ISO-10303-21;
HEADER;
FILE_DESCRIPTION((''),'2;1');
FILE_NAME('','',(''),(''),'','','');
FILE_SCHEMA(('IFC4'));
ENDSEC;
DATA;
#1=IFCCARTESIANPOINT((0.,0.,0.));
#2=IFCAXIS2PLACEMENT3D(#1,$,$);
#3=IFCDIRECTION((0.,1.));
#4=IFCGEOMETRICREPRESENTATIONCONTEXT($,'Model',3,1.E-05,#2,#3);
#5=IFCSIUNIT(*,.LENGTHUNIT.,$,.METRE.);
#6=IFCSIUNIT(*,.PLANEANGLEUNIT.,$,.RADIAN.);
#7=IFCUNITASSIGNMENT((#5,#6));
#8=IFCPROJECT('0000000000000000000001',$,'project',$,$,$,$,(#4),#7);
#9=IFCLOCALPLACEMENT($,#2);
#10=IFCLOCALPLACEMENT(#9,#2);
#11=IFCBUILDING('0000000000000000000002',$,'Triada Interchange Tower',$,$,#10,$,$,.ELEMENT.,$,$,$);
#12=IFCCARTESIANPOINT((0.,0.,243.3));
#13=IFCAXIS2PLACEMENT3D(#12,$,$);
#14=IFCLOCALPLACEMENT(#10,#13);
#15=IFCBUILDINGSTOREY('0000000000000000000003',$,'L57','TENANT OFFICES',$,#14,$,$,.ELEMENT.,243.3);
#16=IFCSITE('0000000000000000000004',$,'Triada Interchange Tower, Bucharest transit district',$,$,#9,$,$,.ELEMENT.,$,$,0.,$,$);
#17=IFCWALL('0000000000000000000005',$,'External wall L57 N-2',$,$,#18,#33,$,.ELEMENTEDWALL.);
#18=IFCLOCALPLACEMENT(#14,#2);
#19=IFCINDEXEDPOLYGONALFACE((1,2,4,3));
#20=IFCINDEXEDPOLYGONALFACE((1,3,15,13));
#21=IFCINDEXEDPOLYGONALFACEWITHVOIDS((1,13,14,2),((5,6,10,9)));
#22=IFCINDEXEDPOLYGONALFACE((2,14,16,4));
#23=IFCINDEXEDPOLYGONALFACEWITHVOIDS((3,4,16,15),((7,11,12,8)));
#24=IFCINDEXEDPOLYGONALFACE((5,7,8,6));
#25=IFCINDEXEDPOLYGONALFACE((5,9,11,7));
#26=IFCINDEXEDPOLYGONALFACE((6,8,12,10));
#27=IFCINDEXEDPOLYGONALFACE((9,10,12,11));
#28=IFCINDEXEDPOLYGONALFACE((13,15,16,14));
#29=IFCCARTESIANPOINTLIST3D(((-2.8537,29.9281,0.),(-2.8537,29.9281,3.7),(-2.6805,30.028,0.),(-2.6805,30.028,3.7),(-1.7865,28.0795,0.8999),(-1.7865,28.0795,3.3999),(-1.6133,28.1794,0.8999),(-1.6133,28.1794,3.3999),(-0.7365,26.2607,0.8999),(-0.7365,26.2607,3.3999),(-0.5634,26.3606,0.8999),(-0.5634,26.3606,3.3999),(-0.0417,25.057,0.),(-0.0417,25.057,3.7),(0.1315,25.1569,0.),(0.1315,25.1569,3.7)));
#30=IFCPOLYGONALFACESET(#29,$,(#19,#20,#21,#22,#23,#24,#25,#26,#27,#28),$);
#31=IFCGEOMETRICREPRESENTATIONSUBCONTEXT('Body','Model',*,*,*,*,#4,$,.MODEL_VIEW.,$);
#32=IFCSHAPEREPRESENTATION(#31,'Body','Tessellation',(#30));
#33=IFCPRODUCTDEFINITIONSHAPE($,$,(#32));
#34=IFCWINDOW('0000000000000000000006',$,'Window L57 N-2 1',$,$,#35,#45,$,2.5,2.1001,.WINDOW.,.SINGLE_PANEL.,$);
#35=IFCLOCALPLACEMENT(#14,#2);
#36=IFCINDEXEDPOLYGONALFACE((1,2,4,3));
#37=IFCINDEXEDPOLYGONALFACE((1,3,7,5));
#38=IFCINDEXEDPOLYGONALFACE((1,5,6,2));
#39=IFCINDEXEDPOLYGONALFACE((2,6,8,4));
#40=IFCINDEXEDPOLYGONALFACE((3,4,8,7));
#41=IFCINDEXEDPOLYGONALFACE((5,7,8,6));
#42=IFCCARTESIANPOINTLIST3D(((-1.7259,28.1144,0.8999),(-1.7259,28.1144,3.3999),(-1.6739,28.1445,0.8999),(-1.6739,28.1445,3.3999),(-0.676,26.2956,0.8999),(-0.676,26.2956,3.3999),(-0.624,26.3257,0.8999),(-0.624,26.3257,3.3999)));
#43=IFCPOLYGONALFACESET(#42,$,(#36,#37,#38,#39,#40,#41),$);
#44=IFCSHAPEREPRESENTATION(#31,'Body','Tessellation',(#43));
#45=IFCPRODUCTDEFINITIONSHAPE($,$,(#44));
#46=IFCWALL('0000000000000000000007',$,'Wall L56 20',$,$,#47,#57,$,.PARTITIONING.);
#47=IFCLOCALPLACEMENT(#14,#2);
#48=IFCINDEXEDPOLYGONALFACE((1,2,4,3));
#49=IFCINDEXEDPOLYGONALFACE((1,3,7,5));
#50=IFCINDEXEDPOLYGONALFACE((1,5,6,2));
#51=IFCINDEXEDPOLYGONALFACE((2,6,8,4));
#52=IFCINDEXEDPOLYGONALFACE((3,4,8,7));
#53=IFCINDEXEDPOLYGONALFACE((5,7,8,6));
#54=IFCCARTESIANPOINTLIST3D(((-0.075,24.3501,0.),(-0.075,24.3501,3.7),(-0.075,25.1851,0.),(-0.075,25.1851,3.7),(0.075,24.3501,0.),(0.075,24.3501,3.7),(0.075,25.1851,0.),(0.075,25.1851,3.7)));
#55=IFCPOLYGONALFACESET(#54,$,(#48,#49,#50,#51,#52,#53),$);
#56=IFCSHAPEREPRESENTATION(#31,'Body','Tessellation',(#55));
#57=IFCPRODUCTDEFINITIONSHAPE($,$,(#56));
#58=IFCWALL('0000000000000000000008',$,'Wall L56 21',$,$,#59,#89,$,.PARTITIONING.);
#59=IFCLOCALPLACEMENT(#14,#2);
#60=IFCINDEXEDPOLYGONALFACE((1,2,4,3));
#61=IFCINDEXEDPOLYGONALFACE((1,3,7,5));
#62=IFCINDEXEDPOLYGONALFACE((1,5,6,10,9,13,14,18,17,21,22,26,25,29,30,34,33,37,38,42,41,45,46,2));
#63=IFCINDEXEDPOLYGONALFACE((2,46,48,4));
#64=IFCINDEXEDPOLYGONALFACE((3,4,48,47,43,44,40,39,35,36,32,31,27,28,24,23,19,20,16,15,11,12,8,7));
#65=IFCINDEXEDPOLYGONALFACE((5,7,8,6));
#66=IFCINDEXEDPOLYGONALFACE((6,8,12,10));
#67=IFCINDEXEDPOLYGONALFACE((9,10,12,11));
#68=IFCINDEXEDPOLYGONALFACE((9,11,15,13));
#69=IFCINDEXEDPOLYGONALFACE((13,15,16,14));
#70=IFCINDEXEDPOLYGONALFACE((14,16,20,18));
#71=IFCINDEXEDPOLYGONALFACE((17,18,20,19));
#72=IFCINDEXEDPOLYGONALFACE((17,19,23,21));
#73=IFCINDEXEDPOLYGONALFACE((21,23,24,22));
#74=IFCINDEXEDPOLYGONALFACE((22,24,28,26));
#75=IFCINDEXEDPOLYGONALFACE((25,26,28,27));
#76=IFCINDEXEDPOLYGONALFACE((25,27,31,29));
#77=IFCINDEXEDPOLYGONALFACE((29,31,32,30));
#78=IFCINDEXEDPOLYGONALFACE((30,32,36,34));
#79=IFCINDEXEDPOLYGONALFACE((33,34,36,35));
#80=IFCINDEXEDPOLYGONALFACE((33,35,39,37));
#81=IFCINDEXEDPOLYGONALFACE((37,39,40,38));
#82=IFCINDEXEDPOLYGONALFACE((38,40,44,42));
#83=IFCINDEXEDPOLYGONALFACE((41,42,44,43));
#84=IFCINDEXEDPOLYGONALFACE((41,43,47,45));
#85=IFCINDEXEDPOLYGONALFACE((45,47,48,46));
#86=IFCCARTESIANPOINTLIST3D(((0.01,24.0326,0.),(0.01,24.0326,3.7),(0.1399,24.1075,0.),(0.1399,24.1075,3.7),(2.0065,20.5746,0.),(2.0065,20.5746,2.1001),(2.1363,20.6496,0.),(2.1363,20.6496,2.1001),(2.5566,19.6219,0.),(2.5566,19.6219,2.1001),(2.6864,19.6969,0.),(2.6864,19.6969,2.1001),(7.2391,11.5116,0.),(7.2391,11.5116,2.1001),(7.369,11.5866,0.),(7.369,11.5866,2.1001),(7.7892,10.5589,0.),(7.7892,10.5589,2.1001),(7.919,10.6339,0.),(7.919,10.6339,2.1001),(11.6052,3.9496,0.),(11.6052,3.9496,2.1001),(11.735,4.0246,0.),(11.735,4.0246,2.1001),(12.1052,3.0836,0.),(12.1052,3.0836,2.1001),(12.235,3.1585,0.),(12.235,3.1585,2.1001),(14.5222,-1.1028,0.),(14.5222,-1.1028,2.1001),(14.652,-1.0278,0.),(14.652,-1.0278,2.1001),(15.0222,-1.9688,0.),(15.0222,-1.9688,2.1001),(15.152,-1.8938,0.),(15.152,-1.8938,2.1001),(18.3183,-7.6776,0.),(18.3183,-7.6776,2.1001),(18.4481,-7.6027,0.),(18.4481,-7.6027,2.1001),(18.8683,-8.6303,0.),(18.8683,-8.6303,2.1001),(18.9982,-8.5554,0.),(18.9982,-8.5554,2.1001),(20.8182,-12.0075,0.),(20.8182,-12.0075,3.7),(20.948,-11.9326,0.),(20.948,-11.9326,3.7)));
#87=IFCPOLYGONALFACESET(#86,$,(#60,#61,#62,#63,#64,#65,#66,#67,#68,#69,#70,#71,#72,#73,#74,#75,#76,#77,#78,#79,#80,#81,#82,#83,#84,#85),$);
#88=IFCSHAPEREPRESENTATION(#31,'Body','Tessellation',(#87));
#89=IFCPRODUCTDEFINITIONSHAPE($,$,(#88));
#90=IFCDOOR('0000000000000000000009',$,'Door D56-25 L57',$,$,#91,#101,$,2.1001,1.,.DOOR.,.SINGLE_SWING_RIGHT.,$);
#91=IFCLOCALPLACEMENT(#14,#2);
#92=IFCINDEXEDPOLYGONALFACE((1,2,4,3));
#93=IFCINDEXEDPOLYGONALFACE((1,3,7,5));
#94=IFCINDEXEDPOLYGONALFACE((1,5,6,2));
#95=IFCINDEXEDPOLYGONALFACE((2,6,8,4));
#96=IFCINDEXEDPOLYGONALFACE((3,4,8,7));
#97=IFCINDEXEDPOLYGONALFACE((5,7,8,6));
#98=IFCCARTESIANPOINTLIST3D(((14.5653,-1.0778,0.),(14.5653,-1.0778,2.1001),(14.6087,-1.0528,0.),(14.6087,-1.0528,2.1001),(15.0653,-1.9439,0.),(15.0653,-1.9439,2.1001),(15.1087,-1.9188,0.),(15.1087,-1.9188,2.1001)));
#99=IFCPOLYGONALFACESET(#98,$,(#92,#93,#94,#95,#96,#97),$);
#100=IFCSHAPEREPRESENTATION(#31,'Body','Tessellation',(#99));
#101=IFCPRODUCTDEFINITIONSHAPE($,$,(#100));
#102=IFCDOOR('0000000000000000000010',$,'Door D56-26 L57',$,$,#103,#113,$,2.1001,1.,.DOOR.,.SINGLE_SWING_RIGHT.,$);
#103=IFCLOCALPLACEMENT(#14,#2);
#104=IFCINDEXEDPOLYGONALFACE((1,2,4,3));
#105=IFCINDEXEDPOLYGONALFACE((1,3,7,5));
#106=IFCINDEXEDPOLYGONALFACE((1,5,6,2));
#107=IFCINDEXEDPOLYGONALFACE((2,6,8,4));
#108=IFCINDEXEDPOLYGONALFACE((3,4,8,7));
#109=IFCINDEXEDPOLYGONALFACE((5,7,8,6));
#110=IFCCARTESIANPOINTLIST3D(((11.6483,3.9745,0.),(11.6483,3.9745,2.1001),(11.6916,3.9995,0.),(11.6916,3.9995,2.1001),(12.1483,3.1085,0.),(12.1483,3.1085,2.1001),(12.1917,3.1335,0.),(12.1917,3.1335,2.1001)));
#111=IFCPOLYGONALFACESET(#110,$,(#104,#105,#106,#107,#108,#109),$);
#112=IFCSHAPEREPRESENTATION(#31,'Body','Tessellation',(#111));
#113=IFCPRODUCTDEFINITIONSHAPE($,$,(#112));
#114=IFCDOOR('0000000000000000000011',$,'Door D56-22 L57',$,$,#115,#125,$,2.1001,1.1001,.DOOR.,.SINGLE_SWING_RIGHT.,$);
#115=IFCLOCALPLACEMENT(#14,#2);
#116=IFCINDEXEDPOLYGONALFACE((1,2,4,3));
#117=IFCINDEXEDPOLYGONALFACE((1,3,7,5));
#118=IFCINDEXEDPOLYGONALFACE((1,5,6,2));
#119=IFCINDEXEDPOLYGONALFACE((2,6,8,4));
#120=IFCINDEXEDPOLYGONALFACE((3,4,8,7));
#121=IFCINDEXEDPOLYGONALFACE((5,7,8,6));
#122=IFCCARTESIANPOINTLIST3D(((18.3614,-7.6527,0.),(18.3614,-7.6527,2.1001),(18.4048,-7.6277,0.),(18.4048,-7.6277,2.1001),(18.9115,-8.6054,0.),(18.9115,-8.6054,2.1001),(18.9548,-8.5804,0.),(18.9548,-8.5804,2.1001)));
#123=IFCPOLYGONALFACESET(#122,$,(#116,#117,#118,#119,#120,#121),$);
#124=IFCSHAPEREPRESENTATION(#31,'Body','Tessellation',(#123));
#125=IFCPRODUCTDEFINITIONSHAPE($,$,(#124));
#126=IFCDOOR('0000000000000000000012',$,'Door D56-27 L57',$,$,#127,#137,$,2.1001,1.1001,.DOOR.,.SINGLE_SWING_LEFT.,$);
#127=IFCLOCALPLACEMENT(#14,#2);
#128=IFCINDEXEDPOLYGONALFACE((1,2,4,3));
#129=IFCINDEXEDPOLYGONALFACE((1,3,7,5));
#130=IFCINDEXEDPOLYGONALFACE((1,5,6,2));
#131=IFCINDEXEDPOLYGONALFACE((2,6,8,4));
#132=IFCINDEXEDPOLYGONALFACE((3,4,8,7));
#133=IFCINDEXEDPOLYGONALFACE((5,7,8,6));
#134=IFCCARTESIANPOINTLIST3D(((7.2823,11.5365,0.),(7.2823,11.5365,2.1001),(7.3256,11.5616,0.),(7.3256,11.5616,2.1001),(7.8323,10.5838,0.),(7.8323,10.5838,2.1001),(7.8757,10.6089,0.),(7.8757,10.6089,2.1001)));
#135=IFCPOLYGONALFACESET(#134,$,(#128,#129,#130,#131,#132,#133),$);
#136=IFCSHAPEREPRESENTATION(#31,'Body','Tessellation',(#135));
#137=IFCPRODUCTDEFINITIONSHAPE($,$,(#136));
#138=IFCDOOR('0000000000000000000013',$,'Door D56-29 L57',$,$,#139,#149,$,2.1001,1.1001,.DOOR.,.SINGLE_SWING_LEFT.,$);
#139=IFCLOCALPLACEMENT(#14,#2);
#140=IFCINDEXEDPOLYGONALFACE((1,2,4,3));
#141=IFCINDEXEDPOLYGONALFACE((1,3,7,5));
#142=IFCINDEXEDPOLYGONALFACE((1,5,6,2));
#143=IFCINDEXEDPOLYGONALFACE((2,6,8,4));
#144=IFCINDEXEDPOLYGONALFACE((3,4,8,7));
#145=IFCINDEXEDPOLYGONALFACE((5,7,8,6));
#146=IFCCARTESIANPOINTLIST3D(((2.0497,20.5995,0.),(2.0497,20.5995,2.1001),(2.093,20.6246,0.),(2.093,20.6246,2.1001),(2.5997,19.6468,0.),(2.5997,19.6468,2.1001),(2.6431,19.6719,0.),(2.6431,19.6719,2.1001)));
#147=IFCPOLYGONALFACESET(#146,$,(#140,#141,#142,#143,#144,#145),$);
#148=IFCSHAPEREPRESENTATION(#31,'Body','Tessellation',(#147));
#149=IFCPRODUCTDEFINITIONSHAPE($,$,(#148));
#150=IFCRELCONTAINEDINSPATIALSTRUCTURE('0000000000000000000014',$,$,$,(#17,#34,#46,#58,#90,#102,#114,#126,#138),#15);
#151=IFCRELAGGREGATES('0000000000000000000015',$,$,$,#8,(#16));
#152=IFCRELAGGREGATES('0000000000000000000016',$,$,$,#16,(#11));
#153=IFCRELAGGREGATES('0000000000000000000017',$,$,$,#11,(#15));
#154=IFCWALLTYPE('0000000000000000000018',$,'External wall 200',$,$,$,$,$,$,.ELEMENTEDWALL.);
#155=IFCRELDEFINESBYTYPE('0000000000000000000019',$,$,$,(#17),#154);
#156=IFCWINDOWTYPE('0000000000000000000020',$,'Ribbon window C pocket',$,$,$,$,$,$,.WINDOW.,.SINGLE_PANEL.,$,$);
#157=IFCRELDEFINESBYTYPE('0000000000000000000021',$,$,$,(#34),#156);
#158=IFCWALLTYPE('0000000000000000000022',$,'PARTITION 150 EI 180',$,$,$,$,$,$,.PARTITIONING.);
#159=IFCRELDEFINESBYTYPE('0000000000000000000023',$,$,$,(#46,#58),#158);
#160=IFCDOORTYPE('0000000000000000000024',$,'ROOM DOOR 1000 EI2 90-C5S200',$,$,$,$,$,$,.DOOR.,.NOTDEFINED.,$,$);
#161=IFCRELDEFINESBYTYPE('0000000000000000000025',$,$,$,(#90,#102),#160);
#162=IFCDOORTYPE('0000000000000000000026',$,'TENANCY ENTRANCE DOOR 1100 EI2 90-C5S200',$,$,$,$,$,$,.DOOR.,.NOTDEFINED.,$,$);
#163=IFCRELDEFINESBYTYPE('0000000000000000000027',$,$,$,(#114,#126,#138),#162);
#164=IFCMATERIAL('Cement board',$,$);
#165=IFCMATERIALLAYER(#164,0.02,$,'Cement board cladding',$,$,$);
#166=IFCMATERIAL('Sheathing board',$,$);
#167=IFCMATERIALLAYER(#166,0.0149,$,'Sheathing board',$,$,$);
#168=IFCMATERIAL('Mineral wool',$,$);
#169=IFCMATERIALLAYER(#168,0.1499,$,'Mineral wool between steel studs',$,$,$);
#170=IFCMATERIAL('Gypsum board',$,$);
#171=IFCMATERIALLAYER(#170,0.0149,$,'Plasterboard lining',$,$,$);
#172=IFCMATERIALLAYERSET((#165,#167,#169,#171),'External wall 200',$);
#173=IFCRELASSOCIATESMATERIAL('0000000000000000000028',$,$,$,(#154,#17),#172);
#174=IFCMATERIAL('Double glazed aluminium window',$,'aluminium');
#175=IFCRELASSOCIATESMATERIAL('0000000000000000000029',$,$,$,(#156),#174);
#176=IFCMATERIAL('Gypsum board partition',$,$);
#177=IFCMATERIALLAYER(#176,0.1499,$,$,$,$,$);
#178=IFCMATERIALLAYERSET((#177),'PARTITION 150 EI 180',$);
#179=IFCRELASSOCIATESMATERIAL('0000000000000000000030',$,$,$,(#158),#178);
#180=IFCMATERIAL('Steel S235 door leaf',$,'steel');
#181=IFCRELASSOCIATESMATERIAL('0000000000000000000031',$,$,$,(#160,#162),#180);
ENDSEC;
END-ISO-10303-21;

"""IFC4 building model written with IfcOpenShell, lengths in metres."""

from ifc_helpers import new_model, si_unit, direction, frame, frame_2d, origin, place, context, subcontext, project, spatial, rectangle, extrude, material, layer, layer_set, layer_usage, type_object, element, fill, save


model = new_model("IFC4")

# Units and contexts
model_context = context("Model", 3, precision=1e-05, world=origin(), true_north=direction((0.0, 1.0)))
body_context = subcontext(model_context, "Body", "Model", "MODEL_VIEW")
ifc_project = project(units=[si_unit("LENGTHUNIT", "METRE"), si_unit("PLANEANGLEUNIT", "RADIAN")], contexts=[model_context])

# Site, building, storey
site_placement = place(None, origin())
site = spatial("IfcSite", under=ifc_project, at=site_placement, Name="Triada Interchange Tower, Bucharest transit district", CompositionType="ELEMENT", RefElevation=0.0)
building_placement = place(site_placement, origin())
building = spatial("IfcBuilding", under=site, at=building_placement, Name="Triada Interchange Tower", CompositionType="ELEMENT")
storey_placement = place(building_placement, frame((0.0, 0.0, 243.3)))
storey = spatial("IfcBuildingStorey", under=building, at=storey_placement, Name="L57", Description="TENANT OFFICES", CompositionType="ELEMENT", Elevation=243.3)

# Wall, opening, window
ifc_material_1 = material(Name="Cement board")
ifc_layer_1 = layer(ifc_material_1, 0.02, Name="Cement board cladding")
ifc_material_2 = material(Name="Sheathing board")
ifc_layer_2 = layer(ifc_material_2, 0.0149, Name="Sheathing board")
ifc_material_3 = material(Name="Mineral wool")
ifc_layer_3 = layer(ifc_material_3, 0.1499, Name="Mineral wool between steel studs")
ifc_material_4 = material(Name="Gypsum board")
ifc_layer_4 = layer(ifc_material_4, 0.0149, Name="Plasterboard lining")
ifc_layer_set_1 = layer_set([ifc_layer_1, ifc_layer_2, ifc_layer_3, ifc_layer_4], Name="External wall 200")
ifc_layer_usage = layer_usage(ifc_layer_set_1, "AXIS2", "POSITIVE", -0.1001)
wall_type_1 = type_object("IfcWallType", Name="External wall 200", PredefinedType="ELEMENTEDWALL", material=ifc_layer_set_1)
ifc_material_5 = material(Name="Double glazed aluminium window", Category="aluminium")
window_type = type_object("IfcWindowType", Name="Ribbon window C pocket", PartitioningType="SINGLE_PANEL", PredefinedType="WINDOW", material=ifc_material_5)
wall_1_placement = place(storey_placement, frame((0.0449, 25.1069, 0.0), z_axis=(0.0, 0.0, 1.0), x_axis=(-0.499958, 0.86605, 0.0)))
wall_1 = element("IfcWall", 1, at=wall_1_placement, inside=storey, type_object=wall_type_1, material=ifc_layer_usage, Name="External wall L57 N-2", PredefinedType="ELEMENTEDWALL", context=body_context, shape_type="SweptSolid", body=[
    extrude(rectangle(XDim=5.6245, YDim=0.2, at=frame_2d((2.8123, 0.0))), origin(), (0.0, 0.0, 1.0), 3.7),
])
opening_1_placement = place(wall_1_placement, frame((1.3899, 0.0, 0.8999)))
opening_1 = element("IfcOpeningElement", 2, at=opening_1_placement, cuts=wall_1, PredefinedType="OPENING", context=body_context, shape_type="SweptSolid", body=[
    extrude(rectangle(XDim=2.1001, YDim=2.5, at=frame_2d((1.05, 1.25))), frame((0.0, 0.1099, 0.0), z_axis=(0.0, -1.0, 0.0), x_axis=(1.0, 0.0, 0.0)), (0.0, 0.0, 1.0), 0.22),
])
window_1_placement = place(opening_1_placement, origin())
window_1 = element("IfcWindow", 3, at=window_1_placement, inside=storey, type_object=window_type, Name="Window L57 N-2 1", OverallHeight=2.5, OverallWidth=2.1001, PartitioningType="SINGLE_PANEL", PredefinedType="WINDOW", context=body_context, shape_type="SweptSolid", body=[
    extrude(rectangle(XDim=2.1001, YDim=2.5, at=frame_2d((1.05, 1.25))), frame((0.0, 0.03, 0.0), z_axis=(0.0, -1.0, 0.0), x_axis=(1.0, 0.0, 0.0)), (0.0, 0.0, 1.0), 0.0601),
])
fill(opening_1, window_1)

# Wall
ifc_material_6 = material(Name="Gypsum board partition")
ifc_layer_5 = layer(ifc_material_6, 0.1499)
ifc_layer_set_2 = layer_set([ifc_layer_5], Name="PARTITION 150 EI 180")
wall_type_2 = type_object("IfcWallType", Name="PARTITION 150 EI 180", PredefinedType="PARTITIONING", material=ifc_layer_set_2)
wall_2_placement = place(storey_placement, frame((0.0, 24.3501, 0.0), z_axis=(0.0, 0.0, 1.0), x_axis=(0.0, 1.0, 0.0)))
element("IfcWall", 4, at=wall_2_placement, inside=storey, type_object=wall_type_2, Name="Wall L56 20", PredefinedType="PARTITIONING", context=body_context, shape_type="SweptSolid", body=[
    extrude(rectangle(XDim=0.835, YDim=0.1499, at=frame_2d((0.4175, 0.0))), origin(), (0.0, 0.0, 1.0), 3.7),
])

# Wall, openings, doors
wall_3_placement = place(storey_placement, frame((0.075, 24.0701, 0.0), z_axis=(0.0, 0.0, 1.0), x_axis=(0.500007, -0.866021, 0.0)))
wall_3 = element("IfcWall", 5, at=wall_3_placement, inside=storey, type_object=wall_type_2, Name="Wall L56 21", PredefinedType="PARTITIONING", context=body_context, shape_type="SweptSolid", body=[
    extrude(rectangle(XDim=41.6157, YDim=0.1499, at=frame_2d((20.8079, 0.0))), origin(), (0.0, 0.0, 1.0), 3.7),
])
opening_2_placement = place(wall_3_placement, frame((36.616, 0.0, 0.0)))
opening_2 = element("IfcOpeningElement", 6, at=opening_2_placement, cuts=wall_3, PredefinedType="OPENING", context=body_context, shape_type="SweptSolid", body=[
    extrude(rectangle(XDim=1.1001, YDim=2.1001, at=frame_2d((0.55, 1.05))), frame((0.0, 0.085, 0.0), z_axis=(0.0, -1.0, 0.0), x_axis=(1.0, 0.0, 0.0)), (0.0, 0.0, 1.0), 0.1699),
])
opening_3_placement = place(wall_3_placement, frame((29.0239, 0.0, 0.0)))
opening_3 = element("IfcOpeningElement", 7, at=opening_3_placement, cuts=wall_3, PredefinedType="OPENING", context=body_context, shape_type="SweptSolid", body=[
    extrude(rectangle(XDim=1.0, YDim=2.1001, at=frame_2d((0.5, 1.05))), frame((0.0, 0.085, 0.0), z_axis=(0.0, -1.0, 0.0), x_axis=(1.0, 0.0, 0.0)), (0.0, 0.0, 1.0), 0.1699),
])
opening_4_placement = place(wall_3_placement, frame((23.1899, 0.0, 0.0)))
opening_4 = element("IfcOpeningElement", 8, at=opening_4_placement, cuts=wall_3, PredefinedType="OPENING", context=body_context, shape_type="SweptSolid", body=[
    extrude(rectangle(XDim=1.0, YDim=2.1001, at=frame_2d((0.5, 1.05))), frame((0.0, 0.085, 0.0), z_axis=(0.0, -1.0, 0.0), x_axis=(1.0, 0.0, 0.0)), (0.0, 0.0, 1.0), 0.1699),
])
opening_5_placement = place(wall_3_placement, frame((14.458, 0.0, 0.0)))
opening_5 = element("IfcOpeningElement", 9, at=opening_5_placement, cuts=wall_3, PredefinedType="OPENING", context=body_context, shape_type="SweptSolid", body=[
    extrude(rectangle(XDim=1.1001, YDim=2.1001, at=frame_2d((0.55, 1.05))), frame((0.0, 0.085, 0.0), z_axis=(0.0, -1.0, 0.0), x_axis=(1.0, 0.0, 0.0)), (0.0, 0.0, 1.0), 0.1699),
])
opening_6_placement = place(wall_3_placement, frame((3.9929, 0.0, 0.0)))
opening_6 = element("IfcOpeningElement", 10, at=opening_6_placement, cuts=wall_3, PredefinedType="OPENING", context=body_context, shape_type="SweptSolid", body=[
    extrude(rectangle(XDim=1.1001, YDim=2.1001, at=frame_2d((0.55, 1.05))), frame((0.0, 0.085, 0.0), z_axis=(0.0, -1.0, 0.0), x_axis=(1.0, 0.0, 0.0)), (0.0, 0.0, 1.0), 0.1699),
])
ifc_material_7 = material(Name="Steel S235 door leaf", Category="steel")
door_type_1 = type_object("IfcDoorType", Name="ROOM DOOR 1000 EI2 90-C5S200", OperationType="NOTDEFINED", PredefinedType="DOOR", material=ifc_material_7)
door_1_placement = place(opening_3_placement, origin())
door_1 = element("IfcDoor", 11, at=door_1_placement, inside=storey, type_object=door_type_1, Name="Door D56-25 L57", OperationType="SINGLE_SWING_RIGHT", OverallHeight=2.1001, OverallWidth=1.0, PredefinedType="DOOR", context=body_context, shape_type="SweptSolid", body=[
    extrude(rectangle(XDim=1.0, YDim=2.1001, at=frame_2d((0.5, 1.05))), frame((0.0, 0.0249, 0.0), z_axis=(0.0, -1.0, 0.0), x_axis=(1.0, 0.0, 0.0)), (0.0, 0.0, 1.0), 0.05),
])
fill(opening_3, door_1)
door_2_placement = place(opening_4_placement, origin())
door_2 = element("IfcDoor", 12, at=door_2_placement, inside=storey, type_object=door_type_1, Name="Door D56-26 L57", OperationType="SINGLE_SWING_RIGHT", OverallHeight=2.1001, OverallWidth=1.0, PredefinedType="DOOR", context=body_context, shape_type="SweptSolid", body=[
    extrude(rectangle(XDim=1.0, YDim=2.1001, at=frame_2d((0.5, 1.05))), frame((0.0, 0.0249, 0.0), z_axis=(0.0, -1.0, 0.0), x_axis=(1.0, 0.0, 0.0)), (0.0, 0.0, 1.0), 0.05),
])
fill(opening_4, door_2)
door_type_2 = type_object("IfcDoorType", Name="TENANCY ENTRANCE DOOR 1100 EI2 90-C5S200", OperationType="NOTDEFINED", PredefinedType="DOOR", material=ifc_material_7)
door_3_placement = place(opening_2_placement, origin())
door_3 = element("IfcDoor", 13, at=door_3_placement, inside=storey, type_object=door_type_2, Name="Door D56-22 L57", OperationType="SINGLE_SWING_RIGHT", OverallHeight=2.1001, OverallWidth=1.1001, PredefinedType="DOOR", context=body_context, shape_type="SweptSolid", body=[
    extrude(rectangle(XDim=1.1001, YDim=2.1001, at=frame_2d((0.55, 1.05))), frame((0.0, 0.0249, 0.0), z_axis=(0.0, -1.0, 0.0), x_axis=(1.0, 0.0, 0.0)), (0.0, 0.0, 1.0), 0.05),
])
fill(opening_2, door_3)
door_4_placement = place(opening_5_placement, origin())
door_4 = element("IfcDoor", 14, at=door_4_placement, inside=storey, type_object=door_type_2, Name="Door D56-27 L57", OperationType="SINGLE_SWING_LEFT", OverallHeight=2.1001, OverallWidth=1.1001, PredefinedType="DOOR", context=body_context, shape_type="SweptSolid", body=[
    extrude(rectangle(XDim=1.1001, YDim=2.1001, at=frame_2d((0.55, 1.05))), frame((0.0, 0.0249, 0.0), z_axis=(0.0, -1.0, 0.0), x_axis=(1.0, 0.0, 0.0)), (0.0, 0.0, 1.0), 0.05),
])
fill(opening_5, door_4)
door_5_placement = place(opening_6_placement, origin())
door_5 = element("IfcDoor", 15, at=door_5_placement, inside=storey, type_object=door_type_2, Name="Door D56-29 L57", OperationType="SINGLE_SWING_LEFT", OverallHeight=2.1001, OverallWidth=1.1001, PredefinedType="DOOR", context=body_context, shape_type="SweptSolid", body=[
    extrude(rectangle(XDim=1.1001, YDim=2.1001, at=frame_2d((0.55, 1.05))), frame((0.0, 0.0249, 0.0), z_axis=(0.0, -1.0, 0.0), x_axis=(1.0, 0.0, 0.0)), (0.0, 0.0, 1.0), 0.05),
])
fill(opening_6, door_5)

save(model, "model.ifc")
